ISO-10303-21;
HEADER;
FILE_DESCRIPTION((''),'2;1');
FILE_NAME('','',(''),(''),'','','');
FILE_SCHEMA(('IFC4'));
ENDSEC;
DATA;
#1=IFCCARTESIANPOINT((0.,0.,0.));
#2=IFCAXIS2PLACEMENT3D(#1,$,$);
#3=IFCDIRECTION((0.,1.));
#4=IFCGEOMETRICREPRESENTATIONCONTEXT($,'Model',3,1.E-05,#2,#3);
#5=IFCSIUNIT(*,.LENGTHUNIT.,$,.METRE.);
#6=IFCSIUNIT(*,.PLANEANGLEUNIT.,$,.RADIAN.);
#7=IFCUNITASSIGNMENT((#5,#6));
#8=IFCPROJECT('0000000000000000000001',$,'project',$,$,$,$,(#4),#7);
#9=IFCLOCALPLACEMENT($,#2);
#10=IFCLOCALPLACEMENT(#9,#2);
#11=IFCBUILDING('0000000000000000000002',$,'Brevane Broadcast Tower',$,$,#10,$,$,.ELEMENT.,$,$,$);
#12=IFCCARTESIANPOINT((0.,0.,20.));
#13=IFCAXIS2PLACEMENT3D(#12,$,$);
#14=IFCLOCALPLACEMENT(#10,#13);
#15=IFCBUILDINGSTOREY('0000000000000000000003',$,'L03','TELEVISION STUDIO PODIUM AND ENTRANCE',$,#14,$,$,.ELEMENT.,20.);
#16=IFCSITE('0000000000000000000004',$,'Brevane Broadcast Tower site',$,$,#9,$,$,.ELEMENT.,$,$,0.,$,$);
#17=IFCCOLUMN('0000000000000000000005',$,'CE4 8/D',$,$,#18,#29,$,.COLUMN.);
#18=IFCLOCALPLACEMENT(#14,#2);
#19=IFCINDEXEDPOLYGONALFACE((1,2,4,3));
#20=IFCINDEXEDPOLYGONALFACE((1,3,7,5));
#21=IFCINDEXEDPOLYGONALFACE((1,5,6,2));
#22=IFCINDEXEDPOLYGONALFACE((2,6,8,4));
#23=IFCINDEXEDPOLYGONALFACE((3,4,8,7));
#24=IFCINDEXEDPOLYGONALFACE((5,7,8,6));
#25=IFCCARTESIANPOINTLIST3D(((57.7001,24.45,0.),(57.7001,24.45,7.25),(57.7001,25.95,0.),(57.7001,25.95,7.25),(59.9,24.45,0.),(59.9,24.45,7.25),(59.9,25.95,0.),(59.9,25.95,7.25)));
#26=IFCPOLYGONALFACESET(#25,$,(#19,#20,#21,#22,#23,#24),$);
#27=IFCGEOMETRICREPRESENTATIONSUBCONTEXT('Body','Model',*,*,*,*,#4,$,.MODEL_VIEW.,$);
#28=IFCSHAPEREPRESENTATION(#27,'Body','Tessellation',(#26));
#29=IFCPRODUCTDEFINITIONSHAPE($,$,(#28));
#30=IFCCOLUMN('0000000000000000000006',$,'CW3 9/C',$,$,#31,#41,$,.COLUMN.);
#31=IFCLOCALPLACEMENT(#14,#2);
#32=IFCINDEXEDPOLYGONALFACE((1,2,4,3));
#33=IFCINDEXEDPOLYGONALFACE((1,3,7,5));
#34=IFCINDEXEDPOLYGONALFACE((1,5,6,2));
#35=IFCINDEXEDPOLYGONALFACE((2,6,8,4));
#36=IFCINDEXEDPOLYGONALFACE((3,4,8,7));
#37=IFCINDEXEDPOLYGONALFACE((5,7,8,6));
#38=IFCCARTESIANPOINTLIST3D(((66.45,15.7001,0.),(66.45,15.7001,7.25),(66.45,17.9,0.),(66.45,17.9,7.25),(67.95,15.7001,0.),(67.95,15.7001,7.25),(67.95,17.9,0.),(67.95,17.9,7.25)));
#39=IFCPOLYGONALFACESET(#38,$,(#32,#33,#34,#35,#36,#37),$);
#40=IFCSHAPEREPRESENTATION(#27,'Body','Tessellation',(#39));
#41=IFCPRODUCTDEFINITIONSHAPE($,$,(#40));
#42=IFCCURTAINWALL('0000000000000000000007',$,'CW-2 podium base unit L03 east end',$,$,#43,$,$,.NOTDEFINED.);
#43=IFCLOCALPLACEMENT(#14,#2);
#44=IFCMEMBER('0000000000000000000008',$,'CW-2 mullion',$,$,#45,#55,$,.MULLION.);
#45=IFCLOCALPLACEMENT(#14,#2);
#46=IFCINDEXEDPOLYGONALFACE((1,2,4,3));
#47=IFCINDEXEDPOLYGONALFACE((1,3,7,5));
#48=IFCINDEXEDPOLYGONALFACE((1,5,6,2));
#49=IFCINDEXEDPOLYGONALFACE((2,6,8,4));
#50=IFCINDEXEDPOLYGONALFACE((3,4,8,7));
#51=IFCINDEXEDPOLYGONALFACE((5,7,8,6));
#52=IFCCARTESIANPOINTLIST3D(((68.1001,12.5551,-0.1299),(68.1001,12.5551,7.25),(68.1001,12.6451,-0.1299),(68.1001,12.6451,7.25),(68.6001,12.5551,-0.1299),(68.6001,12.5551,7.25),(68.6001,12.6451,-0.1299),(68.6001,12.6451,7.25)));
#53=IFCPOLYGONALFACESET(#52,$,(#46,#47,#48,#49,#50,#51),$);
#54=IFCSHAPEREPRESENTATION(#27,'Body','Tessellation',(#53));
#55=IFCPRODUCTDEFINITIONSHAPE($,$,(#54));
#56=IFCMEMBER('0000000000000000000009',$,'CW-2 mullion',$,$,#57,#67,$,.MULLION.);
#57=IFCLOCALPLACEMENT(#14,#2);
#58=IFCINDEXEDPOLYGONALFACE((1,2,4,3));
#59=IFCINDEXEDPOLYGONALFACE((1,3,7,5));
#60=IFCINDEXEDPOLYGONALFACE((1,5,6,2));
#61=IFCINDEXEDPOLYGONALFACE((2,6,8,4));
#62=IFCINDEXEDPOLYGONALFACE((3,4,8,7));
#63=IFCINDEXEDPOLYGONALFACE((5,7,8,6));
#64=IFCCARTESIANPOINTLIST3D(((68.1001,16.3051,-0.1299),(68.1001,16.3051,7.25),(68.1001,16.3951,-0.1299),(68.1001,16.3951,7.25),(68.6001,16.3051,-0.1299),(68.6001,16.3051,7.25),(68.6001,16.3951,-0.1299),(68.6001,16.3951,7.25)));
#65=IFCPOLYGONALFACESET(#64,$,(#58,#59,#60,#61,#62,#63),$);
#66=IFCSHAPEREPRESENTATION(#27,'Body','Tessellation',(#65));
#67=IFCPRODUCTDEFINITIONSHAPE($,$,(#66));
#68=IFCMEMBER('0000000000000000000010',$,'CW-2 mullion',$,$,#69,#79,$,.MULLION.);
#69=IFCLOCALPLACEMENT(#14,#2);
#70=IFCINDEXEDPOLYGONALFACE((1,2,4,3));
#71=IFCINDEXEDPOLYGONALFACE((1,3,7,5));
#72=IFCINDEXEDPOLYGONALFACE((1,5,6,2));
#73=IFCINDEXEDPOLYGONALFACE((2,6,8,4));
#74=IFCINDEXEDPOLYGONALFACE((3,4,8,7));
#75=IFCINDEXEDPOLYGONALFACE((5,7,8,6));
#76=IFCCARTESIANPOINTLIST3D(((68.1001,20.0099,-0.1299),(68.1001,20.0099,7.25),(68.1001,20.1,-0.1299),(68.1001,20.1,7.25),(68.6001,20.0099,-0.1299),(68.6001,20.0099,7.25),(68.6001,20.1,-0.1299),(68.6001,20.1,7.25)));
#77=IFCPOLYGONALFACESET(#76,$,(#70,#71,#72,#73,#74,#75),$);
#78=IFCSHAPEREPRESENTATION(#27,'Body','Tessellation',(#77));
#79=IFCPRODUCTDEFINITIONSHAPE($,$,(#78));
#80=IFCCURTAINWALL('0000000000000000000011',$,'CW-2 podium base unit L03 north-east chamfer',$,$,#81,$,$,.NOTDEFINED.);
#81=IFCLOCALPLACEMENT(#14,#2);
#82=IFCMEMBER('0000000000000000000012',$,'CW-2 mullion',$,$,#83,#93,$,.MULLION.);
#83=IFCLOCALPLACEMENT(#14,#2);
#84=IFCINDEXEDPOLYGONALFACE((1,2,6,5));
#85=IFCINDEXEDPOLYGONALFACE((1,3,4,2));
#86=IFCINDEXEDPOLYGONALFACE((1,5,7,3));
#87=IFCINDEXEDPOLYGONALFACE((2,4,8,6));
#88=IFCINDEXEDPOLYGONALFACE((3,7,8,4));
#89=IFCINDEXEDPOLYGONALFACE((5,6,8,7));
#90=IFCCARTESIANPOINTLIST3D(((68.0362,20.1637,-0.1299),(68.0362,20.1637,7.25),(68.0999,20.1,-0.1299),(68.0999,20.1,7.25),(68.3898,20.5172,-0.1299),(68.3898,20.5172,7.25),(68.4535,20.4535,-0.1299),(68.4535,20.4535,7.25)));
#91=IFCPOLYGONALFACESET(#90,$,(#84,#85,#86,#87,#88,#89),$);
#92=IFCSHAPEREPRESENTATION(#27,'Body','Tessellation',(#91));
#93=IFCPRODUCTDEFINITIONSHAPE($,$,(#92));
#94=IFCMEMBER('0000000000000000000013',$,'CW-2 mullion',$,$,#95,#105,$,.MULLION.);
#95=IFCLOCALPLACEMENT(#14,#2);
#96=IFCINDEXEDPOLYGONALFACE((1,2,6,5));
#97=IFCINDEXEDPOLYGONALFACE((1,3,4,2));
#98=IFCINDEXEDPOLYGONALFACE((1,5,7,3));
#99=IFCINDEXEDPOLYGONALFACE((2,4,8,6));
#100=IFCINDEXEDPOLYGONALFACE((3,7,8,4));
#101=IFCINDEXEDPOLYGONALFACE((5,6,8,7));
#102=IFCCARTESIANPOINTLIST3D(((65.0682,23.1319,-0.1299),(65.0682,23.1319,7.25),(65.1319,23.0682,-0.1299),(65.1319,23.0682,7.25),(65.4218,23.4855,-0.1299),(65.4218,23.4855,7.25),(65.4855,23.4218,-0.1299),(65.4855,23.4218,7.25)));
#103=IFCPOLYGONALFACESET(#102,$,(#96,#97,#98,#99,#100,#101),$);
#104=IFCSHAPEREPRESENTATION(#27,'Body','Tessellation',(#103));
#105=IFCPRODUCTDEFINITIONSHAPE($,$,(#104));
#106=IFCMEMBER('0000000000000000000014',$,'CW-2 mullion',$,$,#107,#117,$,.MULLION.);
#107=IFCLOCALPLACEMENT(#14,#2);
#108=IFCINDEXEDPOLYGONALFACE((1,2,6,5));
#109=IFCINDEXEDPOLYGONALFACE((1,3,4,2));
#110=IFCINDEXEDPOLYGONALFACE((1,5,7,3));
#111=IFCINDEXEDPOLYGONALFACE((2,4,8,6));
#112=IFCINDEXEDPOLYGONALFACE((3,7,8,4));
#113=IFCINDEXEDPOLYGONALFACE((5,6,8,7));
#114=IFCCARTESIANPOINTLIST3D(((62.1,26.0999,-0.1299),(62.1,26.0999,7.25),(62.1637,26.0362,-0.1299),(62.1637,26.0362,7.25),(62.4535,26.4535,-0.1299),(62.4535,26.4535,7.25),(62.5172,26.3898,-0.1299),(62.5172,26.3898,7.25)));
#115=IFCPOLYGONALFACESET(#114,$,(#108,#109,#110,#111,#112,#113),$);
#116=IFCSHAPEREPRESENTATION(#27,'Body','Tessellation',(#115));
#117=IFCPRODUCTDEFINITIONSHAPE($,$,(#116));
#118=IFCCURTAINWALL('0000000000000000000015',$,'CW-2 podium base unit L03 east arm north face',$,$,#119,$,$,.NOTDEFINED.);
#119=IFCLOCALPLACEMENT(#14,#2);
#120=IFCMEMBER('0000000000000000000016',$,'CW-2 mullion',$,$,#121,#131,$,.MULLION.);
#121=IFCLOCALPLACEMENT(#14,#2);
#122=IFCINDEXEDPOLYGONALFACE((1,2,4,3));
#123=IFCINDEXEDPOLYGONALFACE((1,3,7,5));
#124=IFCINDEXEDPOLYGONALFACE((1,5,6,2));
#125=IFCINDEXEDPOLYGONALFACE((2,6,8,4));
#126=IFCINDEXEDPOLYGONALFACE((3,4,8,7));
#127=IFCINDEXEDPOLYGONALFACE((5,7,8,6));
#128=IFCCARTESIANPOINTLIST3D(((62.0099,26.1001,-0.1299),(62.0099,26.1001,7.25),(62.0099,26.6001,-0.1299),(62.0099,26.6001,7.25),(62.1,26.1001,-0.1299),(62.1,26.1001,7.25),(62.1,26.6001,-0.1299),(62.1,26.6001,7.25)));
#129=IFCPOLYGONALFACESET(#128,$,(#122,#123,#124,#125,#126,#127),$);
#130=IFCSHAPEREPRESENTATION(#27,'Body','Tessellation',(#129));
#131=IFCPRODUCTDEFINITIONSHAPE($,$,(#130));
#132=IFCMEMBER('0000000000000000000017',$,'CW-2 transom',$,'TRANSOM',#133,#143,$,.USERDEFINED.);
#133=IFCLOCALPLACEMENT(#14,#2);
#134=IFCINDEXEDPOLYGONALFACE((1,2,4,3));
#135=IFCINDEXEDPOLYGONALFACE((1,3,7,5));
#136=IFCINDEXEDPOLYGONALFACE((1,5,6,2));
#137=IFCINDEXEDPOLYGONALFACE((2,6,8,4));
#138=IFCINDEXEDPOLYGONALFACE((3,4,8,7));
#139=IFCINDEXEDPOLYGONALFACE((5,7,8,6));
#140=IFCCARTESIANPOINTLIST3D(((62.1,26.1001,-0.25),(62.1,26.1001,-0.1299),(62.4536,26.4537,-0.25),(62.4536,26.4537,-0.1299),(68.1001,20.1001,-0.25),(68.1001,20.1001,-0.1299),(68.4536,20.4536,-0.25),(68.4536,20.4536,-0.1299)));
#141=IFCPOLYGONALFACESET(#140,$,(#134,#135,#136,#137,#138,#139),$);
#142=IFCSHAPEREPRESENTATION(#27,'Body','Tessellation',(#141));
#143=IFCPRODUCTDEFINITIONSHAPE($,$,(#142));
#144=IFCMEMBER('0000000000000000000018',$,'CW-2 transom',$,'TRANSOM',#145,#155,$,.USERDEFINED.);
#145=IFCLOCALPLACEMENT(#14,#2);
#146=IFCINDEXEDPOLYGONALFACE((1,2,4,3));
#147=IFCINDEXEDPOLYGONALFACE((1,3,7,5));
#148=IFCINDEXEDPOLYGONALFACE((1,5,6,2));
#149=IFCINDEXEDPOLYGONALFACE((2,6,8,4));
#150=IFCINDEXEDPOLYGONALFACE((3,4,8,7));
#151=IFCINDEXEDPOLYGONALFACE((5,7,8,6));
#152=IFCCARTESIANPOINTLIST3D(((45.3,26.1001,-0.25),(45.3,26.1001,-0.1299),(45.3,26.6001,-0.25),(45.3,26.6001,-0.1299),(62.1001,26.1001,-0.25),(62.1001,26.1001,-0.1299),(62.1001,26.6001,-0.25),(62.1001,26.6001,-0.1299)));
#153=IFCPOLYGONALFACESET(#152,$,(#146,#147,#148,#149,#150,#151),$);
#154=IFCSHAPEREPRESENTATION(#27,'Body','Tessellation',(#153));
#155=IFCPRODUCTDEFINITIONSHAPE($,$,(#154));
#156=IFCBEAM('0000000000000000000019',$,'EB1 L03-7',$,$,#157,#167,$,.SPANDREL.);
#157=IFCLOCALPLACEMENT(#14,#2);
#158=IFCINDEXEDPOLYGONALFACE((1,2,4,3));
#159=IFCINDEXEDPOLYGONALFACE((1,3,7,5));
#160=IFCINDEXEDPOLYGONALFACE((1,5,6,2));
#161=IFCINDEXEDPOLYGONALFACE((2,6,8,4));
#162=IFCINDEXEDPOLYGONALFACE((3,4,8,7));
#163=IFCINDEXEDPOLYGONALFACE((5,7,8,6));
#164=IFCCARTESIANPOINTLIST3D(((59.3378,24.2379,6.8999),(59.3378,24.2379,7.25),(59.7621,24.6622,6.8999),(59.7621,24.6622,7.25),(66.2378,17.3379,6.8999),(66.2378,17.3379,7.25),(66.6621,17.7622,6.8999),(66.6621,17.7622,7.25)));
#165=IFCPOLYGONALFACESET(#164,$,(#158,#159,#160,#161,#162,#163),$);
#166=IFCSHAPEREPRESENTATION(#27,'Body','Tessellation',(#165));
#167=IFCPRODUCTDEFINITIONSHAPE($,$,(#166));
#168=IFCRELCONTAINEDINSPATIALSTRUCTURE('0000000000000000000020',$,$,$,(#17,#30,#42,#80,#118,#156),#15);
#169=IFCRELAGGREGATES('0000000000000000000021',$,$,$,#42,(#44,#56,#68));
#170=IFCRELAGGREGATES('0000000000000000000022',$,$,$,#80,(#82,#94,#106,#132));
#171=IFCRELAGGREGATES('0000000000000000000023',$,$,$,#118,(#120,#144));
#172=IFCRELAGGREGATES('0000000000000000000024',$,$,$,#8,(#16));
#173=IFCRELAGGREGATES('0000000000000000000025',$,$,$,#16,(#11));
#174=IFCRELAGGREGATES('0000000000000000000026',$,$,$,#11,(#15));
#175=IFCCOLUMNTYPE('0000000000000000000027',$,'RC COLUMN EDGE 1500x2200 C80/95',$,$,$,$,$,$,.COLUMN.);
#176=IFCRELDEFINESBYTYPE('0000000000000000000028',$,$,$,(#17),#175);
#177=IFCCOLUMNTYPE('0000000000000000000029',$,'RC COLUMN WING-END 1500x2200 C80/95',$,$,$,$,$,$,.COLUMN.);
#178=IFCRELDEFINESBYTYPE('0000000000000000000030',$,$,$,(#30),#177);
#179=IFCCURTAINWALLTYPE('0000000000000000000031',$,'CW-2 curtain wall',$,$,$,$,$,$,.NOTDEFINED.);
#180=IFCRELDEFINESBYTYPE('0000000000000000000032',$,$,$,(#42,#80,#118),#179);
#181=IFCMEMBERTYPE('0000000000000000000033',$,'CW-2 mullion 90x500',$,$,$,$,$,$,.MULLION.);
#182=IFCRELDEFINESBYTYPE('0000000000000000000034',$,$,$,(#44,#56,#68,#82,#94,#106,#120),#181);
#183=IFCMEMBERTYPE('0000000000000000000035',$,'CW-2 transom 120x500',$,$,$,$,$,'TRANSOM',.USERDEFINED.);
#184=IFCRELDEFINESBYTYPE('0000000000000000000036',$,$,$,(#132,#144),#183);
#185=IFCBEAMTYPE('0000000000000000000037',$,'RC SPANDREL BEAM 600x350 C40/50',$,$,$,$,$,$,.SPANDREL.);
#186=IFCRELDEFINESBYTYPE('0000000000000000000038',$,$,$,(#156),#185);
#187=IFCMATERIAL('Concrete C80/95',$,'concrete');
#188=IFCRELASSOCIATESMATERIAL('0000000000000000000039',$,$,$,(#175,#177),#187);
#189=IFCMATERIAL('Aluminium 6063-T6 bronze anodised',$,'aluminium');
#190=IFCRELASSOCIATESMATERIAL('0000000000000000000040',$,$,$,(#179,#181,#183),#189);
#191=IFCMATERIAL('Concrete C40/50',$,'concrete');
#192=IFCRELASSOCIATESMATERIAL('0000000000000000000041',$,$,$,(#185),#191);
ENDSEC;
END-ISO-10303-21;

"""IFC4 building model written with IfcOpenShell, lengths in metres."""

from ifc_helpers import new_model, si_unit, direction, frame, origin, origin_2d, place, context, subcontext, project, spatial, rectangle, extrude, material, material_profile, profile_set, type_object, element, aggregate, save


model = new_model("IFC4")

# Units and contexts
model_context = context("Model", 3, precision=1e-05, world=origin(), true_north=direction((0.0, 1.0)))
body_context = subcontext(model_context, "Body", "Model", "MODEL_VIEW")
ifc_project = project(units=[si_unit("LENGTHUNIT", "METRE"), si_unit("PLANEANGLEUNIT", "RADIAN")], contexts=[model_context])

# Site, building, storey
site_placement = place(None, origin())
site = spatial("IfcSite", under=ifc_project, at=site_placement, Name="Brevane Broadcast Tower site", CompositionType="ELEMENT", RefElevation=0.0)
building_placement = place(site_placement, origin())
building = spatial("IfcBuilding", under=site, at=building_placement, Name="Brevane Broadcast Tower", CompositionType="ELEMENT")
storey_placement = place(building_placement, frame((0.0, 0.0, 20.0)))
storey = spatial("IfcBuildingStorey", under=building, at=storey_placement, Name="L03", Description="TELEVISION STUDIO PODIUM AND ENTRANCE", CompositionType="ELEMENT", Elevation=20.0)

# Columns
ifc_material_1 = material(Name="Concrete C80/95", Category="concrete")
ifc_material_profile_1 = material_profile(ifc_material_1, rectangle(XDim=1.5, YDim=2.2, at=origin_2d()), Name="RC 1500x2200")
ifc_profile_set_1 = profile_set([ifc_material_profile_1], Name="Concrete C80/95")
column_type_1 = type_object("IfcColumnType", Name="RC COLUMN EDGE 1500x2200 C80/95", PredefinedType="COLUMN", material=ifc_profile_set_1)
column_1_placement = place(storey_placement, frame((58.8, 25.2, 0.0), z_axis=(0.0, 0.0, 1.0), x_axis=(0.0, 1.0, 0.0)))
element("IfcColumn", 1, at=column_1_placement, inside=storey, type_object=column_type_1, Name="CE4 8/D", PredefinedType="COLUMN", context=body_context, shape_type="SweptSolid", body=[
    extrude(rectangle(XDim=1.5, YDim=2.2, at=origin_2d()), origin(), (0.0, 0.0, 1.0), 7.25),
])
ifc_material_profile_2 = material_profile(ifc_material_1, rectangle(XDim=1.5, YDim=2.2, at=origin_2d()), Name="RC 1500x2200")
ifc_profile_set_2 = profile_set([ifc_material_profile_2], Name="Concrete C80/95")
column_type_2 = type_object("IfcColumnType", Name="RC COLUMN WING-END 1500x2200 C80/95", PredefinedType="COLUMN", material=ifc_profile_set_2)
column_2_placement = place(storey_placement, frame((67.2, 16.8, 0.0), z_axis=(0.0, 0.0, 1.0), x_axis=(1.0, 0.0, 0.0)))
element("IfcColumn", 2, at=column_2_placement, inside=storey, type_object=column_type_2, Name="CW3 9/C", PredefinedType="COLUMN", context=body_context, shape_type="SweptSolid", body=[
    extrude(rectangle(XDim=1.5, YDim=2.2, at=origin_2d()), origin(), (0.0, 0.0, 1.0), 7.25),
])

# Curtain walls, members
ifc_material_2 = material(Name="Aluminium 6063-T6 bronze anodised", Category="aluminium")
curtain_wall_type = type_object("IfcCurtainWallType", Name="CW-2 curtain wall", PredefinedType="NOTDEFINED", material=ifc_material_2)
curtain_wall_1_placement = place(storey_placement, origin())
curtain_wall_1 = element("IfcCurtainWall", 3, at=curtain_wall_1_placement, inside=storey, type_object=curtain_wall_type, Name="CW-2 podium base unit L03 east end", PredefinedType="NOTDEFINED")
ifc_material_profile_3 = material_profile(ifc_material_2, rectangle(XDim=0.5, YDim=0.0901, at=origin_2d()), Name="RECT 90x500")
ifc_profile_set_3 = profile_set([ifc_material_profile_3], Name="Aluminium 6063-T6 bronze anodised")
member_type_1 = type_object("IfcMemberType", Name="CW-2 mullion 90x500", PredefinedType="MULLION", material=ifc_profile_set_3)
member_1_placement = place(storey_placement, frame((68.3501, 12.6001, -0.1299), z_axis=(0.0, 0.0, 1.0), x_axis=(-1.0, 0.0, 0.0)))
member_1 = element("IfcMember", 4, at=member_1_placement, type_object=member_type_1, Name="CW-2 mullion", PredefinedType="MULLION", context=body_context, shape_type="SweptSolid", body=[
    extrude(rectangle(XDim=0.5, YDim=0.0901, at=origin_2d()), origin(), (0.0, 0.0, 1.0), 7.3799),
])
member_2_placement = place(storey_placement, frame((68.3501, 16.3501, -0.1299), z_axis=(0.0, 0.0, 1.0), x_axis=(-1.0, 0.0, 0.0)))
member_2 = element("IfcMember", 5, at=member_2_placement, type_object=member_type_1, Name="CW-2 mullion", PredefinedType="MULLION", context=body_context, shape_type="SweptSolid", body=[
    extrude(rectangle(XDim=0.5, YDim=0.0901, at=origin_2d()), origin(), (0.0, 0.0, 1.0), 7.3799),
])
member_3_placement = place(storey_placement, frame((68.3501, 20.0549, -0.1299), z_axis=(0.0, 0.0, 1.0), x_axis=(-1.0, 0.0, 0.0)))
member_3 = element("IfcMember", 6, at=member_3_placement, type_object=member_type_1, Name="CW-2 mullion", PredefinedType="MULLION", context=body_context, shape_type="SweptSolid", body=[
    extrude(rectangle(XDim=0.5, YDim=0.0901, at=origin_2d()), origin(), (0.0, 0.0, 1.0), 7.3799),
])
aggregate(curtain_wall_1, [member_1, member_2, member_3])
curtain_wall_2_placement = place(storey_placement, origin())
curtain_wall_2 = element("IfcCurtainWall", 7, at=curtain_wall_2_placement, inside=storey, type_object=curtain_wall_type, Name="CW-2 podium base unit L03 north-east chamfer", PredefinedType="NOTDEFINED")
member_4_placement = place(storey_placement, frame((68.2449, 20.3086, -0.1299), z_axis=(0.0, 0.0, 1.0), x_axis=(-0.707107, -0.707107, 0.0)))
member_4 = element("IfcMember", 8, at=member_4_placement, type_object=member_type_1, Name="CW-2 mullion", PredefinedType="MULLION", context=body_context, shape_type="SweptSolid", body=[
    extrude(rectangle(XDim=0.5, YDim=0.0901, at=origin_2d()), origin(), (0.0, 0.0, 1.0), 7.3799),
])
member_5_placement = place(storey_placement, frame((65.2769, 23.2769, -0.1299), z_axis=(0.0, 0.0, 1.0), x_axis=(-0.707107, -0.707107, 0.0)))
member_5 = element("IfcMember", 9, at=member_5_placement, type_object=member_type_1, Name="CW-2 mullion", PredefinedType="MULLION", context=body_context, shape_type="SweptSolid", body=[
    extrude(rectangle(XDim=0.5, YDim=0.0901, at=origin_2d()), origin(), (0.0, 0.0, 1.0), 7.3799),
])
member_6_placement = place(storey_placement, frame((62.3086, 26.2449, -0.1299), z_axis=(0.0, 0.0, 1.0), x_axis=(-0.707107, -0.707107, 0.0)))
member_6 = element("IfcMember", 10, at=member_6_placement, type_object=member_type_1, Name="CW-2 mullion", PredefinedType="MULLION", context=body_context, shape_type="SweptSolid", body=[
    extrude(rectangle(XDim=0.5, YDim=0.0901, at=origin_2d()), origin(), (0.0, 0.0, 1.0), 7.3799),
])

# Curtain wall, member
curtain_wall_3_placement = place(storey_placement, origin())
curtain_wall_3 = element("IfcCurtainWall", 11, at=curtain_wall_3_placement, inside=storey, type_object=curtain_wall_type, Name="CW-2 podium base unit L03 east arm north face", PredefinedType="NOTDEFINED")
member_7_placement = place(storey_placement, frame((62.0549, 26.3501, -0.1299), z_axis=(0.0, 0.0, 1.0), x_axis=(0.0, -1.0, 0.0)))
member_7 = element("IfcMember", 12, at=member_7_placement, type_object=member_type_1, Name="CW-2 mullion", PredefinedType="MULLION", context=body_context, shape_type="SweptSolid", body=[
    extrude(rectangle(XDim=0.5, YDim=0.0901, at=origin_2d()), origin(), (0.0, 0.0, 1.0), 7.3799),
])

# Members
ifc_material_profile_4 = material_profile(ifc_material_2, rectangle(XDim=0.5, YDim=0.1201, at=origin_2d()), Name="RECT 120x500")
ifc_profile_set_4 = profile_set([ifc_material_profile_4], Name="Aluminium 6063-T6 bronze anodised")
member_type_2 = type_object("IfcMemberType", Name="CW-2 transom 120x500", ElementType="TRANSOM", PredefinedType="USERDEFINED", material=ifc_profile_set_4)
member_8_placement = place(storey_placement, frame((68.2769, 20.2769, -0.1899), z_axis=(-0.707107, 0.707107, 0.0), x_axis=(-0.707107, -0.707107, 0.0)))
member_8 = element("IfcMember", 13, at=member_8_placement, type_object=member_type_2, Name="CW-2 transom", ObjectType="TRANSOM", PredefinedType="USERDEFINED", context=body_context, shape_type="SweptSolid", body=[
    extrude(rectangle(XDim=0.5, YDim=0.1201, at=origin_2d()), origin(), (0.0, 0.0, 1.0), 8.4854),
])
aggregate(curtain_wall_2, [member_4, member_5, member_6, member_8])
member_9_placement = place(storey_placement, frame((62.1001, 26.3501, -0.1899), z_axis=(-1.0, 0.0, 0.0), x_axis=(0.0, -1.0, 0.0)))
member_9 = element("IfcMember", 14, at=member_9_placement, type_object=member_type_2, Name="CW-2 transom", ObjectType="TRANSOM", PredefinedType="USERDEFINED", context=body_context, shape_type="SweptSolid", body=[
    extrude(rectangle(XDim=0.5, YDim=0.1201, at=origin_2d()), origin(), (0.0, 0.0, 1.0), 16.8),
])
aggregate(curtain_wall_3, [member_7, member_9])

# Beam
ifc_material_3 = material(Name="Concrete C40/50", Category="concrete")
ifc_material_profile_5 = material_profile(ifc_material_3, rectangle(XDim=0.6001, YDim=0.3501, at=origin_2d()), Name="RC 600x350")
ifc_profile_set_5 = profile_set([ifc_material_profile_5], Name="Concrete C40/50")
beam_type_1 = type_object("IfcBeamType", Name="RC SPANDREL BEAM 600x350 C40/50", PredefinedType="SPANDREL", material=ifc_profile_set_5)
beam_1_placement = place(storey_placement, frame((66.45, 17.55, 7.075), z_axis=(-0.707107, 0.707107, 0.0), x_axis=(-0.707107, -0.707107, 0.0)))
element("IfcBeam", 15, at=beam_1_placement, inside=storey, type_object=beam_type_1, Name="EB1 L03-7", PredefinedType="SPANDREL", context=body_context, shape_type="SweptSolid", body=[
    extrude(rectangle(XDim=0.6001, YDim=0.3501, at=origin_2d()), origin(), (0.0, 0.0, 1.0), 9.7581),
])

save(model, "model.ifc")
